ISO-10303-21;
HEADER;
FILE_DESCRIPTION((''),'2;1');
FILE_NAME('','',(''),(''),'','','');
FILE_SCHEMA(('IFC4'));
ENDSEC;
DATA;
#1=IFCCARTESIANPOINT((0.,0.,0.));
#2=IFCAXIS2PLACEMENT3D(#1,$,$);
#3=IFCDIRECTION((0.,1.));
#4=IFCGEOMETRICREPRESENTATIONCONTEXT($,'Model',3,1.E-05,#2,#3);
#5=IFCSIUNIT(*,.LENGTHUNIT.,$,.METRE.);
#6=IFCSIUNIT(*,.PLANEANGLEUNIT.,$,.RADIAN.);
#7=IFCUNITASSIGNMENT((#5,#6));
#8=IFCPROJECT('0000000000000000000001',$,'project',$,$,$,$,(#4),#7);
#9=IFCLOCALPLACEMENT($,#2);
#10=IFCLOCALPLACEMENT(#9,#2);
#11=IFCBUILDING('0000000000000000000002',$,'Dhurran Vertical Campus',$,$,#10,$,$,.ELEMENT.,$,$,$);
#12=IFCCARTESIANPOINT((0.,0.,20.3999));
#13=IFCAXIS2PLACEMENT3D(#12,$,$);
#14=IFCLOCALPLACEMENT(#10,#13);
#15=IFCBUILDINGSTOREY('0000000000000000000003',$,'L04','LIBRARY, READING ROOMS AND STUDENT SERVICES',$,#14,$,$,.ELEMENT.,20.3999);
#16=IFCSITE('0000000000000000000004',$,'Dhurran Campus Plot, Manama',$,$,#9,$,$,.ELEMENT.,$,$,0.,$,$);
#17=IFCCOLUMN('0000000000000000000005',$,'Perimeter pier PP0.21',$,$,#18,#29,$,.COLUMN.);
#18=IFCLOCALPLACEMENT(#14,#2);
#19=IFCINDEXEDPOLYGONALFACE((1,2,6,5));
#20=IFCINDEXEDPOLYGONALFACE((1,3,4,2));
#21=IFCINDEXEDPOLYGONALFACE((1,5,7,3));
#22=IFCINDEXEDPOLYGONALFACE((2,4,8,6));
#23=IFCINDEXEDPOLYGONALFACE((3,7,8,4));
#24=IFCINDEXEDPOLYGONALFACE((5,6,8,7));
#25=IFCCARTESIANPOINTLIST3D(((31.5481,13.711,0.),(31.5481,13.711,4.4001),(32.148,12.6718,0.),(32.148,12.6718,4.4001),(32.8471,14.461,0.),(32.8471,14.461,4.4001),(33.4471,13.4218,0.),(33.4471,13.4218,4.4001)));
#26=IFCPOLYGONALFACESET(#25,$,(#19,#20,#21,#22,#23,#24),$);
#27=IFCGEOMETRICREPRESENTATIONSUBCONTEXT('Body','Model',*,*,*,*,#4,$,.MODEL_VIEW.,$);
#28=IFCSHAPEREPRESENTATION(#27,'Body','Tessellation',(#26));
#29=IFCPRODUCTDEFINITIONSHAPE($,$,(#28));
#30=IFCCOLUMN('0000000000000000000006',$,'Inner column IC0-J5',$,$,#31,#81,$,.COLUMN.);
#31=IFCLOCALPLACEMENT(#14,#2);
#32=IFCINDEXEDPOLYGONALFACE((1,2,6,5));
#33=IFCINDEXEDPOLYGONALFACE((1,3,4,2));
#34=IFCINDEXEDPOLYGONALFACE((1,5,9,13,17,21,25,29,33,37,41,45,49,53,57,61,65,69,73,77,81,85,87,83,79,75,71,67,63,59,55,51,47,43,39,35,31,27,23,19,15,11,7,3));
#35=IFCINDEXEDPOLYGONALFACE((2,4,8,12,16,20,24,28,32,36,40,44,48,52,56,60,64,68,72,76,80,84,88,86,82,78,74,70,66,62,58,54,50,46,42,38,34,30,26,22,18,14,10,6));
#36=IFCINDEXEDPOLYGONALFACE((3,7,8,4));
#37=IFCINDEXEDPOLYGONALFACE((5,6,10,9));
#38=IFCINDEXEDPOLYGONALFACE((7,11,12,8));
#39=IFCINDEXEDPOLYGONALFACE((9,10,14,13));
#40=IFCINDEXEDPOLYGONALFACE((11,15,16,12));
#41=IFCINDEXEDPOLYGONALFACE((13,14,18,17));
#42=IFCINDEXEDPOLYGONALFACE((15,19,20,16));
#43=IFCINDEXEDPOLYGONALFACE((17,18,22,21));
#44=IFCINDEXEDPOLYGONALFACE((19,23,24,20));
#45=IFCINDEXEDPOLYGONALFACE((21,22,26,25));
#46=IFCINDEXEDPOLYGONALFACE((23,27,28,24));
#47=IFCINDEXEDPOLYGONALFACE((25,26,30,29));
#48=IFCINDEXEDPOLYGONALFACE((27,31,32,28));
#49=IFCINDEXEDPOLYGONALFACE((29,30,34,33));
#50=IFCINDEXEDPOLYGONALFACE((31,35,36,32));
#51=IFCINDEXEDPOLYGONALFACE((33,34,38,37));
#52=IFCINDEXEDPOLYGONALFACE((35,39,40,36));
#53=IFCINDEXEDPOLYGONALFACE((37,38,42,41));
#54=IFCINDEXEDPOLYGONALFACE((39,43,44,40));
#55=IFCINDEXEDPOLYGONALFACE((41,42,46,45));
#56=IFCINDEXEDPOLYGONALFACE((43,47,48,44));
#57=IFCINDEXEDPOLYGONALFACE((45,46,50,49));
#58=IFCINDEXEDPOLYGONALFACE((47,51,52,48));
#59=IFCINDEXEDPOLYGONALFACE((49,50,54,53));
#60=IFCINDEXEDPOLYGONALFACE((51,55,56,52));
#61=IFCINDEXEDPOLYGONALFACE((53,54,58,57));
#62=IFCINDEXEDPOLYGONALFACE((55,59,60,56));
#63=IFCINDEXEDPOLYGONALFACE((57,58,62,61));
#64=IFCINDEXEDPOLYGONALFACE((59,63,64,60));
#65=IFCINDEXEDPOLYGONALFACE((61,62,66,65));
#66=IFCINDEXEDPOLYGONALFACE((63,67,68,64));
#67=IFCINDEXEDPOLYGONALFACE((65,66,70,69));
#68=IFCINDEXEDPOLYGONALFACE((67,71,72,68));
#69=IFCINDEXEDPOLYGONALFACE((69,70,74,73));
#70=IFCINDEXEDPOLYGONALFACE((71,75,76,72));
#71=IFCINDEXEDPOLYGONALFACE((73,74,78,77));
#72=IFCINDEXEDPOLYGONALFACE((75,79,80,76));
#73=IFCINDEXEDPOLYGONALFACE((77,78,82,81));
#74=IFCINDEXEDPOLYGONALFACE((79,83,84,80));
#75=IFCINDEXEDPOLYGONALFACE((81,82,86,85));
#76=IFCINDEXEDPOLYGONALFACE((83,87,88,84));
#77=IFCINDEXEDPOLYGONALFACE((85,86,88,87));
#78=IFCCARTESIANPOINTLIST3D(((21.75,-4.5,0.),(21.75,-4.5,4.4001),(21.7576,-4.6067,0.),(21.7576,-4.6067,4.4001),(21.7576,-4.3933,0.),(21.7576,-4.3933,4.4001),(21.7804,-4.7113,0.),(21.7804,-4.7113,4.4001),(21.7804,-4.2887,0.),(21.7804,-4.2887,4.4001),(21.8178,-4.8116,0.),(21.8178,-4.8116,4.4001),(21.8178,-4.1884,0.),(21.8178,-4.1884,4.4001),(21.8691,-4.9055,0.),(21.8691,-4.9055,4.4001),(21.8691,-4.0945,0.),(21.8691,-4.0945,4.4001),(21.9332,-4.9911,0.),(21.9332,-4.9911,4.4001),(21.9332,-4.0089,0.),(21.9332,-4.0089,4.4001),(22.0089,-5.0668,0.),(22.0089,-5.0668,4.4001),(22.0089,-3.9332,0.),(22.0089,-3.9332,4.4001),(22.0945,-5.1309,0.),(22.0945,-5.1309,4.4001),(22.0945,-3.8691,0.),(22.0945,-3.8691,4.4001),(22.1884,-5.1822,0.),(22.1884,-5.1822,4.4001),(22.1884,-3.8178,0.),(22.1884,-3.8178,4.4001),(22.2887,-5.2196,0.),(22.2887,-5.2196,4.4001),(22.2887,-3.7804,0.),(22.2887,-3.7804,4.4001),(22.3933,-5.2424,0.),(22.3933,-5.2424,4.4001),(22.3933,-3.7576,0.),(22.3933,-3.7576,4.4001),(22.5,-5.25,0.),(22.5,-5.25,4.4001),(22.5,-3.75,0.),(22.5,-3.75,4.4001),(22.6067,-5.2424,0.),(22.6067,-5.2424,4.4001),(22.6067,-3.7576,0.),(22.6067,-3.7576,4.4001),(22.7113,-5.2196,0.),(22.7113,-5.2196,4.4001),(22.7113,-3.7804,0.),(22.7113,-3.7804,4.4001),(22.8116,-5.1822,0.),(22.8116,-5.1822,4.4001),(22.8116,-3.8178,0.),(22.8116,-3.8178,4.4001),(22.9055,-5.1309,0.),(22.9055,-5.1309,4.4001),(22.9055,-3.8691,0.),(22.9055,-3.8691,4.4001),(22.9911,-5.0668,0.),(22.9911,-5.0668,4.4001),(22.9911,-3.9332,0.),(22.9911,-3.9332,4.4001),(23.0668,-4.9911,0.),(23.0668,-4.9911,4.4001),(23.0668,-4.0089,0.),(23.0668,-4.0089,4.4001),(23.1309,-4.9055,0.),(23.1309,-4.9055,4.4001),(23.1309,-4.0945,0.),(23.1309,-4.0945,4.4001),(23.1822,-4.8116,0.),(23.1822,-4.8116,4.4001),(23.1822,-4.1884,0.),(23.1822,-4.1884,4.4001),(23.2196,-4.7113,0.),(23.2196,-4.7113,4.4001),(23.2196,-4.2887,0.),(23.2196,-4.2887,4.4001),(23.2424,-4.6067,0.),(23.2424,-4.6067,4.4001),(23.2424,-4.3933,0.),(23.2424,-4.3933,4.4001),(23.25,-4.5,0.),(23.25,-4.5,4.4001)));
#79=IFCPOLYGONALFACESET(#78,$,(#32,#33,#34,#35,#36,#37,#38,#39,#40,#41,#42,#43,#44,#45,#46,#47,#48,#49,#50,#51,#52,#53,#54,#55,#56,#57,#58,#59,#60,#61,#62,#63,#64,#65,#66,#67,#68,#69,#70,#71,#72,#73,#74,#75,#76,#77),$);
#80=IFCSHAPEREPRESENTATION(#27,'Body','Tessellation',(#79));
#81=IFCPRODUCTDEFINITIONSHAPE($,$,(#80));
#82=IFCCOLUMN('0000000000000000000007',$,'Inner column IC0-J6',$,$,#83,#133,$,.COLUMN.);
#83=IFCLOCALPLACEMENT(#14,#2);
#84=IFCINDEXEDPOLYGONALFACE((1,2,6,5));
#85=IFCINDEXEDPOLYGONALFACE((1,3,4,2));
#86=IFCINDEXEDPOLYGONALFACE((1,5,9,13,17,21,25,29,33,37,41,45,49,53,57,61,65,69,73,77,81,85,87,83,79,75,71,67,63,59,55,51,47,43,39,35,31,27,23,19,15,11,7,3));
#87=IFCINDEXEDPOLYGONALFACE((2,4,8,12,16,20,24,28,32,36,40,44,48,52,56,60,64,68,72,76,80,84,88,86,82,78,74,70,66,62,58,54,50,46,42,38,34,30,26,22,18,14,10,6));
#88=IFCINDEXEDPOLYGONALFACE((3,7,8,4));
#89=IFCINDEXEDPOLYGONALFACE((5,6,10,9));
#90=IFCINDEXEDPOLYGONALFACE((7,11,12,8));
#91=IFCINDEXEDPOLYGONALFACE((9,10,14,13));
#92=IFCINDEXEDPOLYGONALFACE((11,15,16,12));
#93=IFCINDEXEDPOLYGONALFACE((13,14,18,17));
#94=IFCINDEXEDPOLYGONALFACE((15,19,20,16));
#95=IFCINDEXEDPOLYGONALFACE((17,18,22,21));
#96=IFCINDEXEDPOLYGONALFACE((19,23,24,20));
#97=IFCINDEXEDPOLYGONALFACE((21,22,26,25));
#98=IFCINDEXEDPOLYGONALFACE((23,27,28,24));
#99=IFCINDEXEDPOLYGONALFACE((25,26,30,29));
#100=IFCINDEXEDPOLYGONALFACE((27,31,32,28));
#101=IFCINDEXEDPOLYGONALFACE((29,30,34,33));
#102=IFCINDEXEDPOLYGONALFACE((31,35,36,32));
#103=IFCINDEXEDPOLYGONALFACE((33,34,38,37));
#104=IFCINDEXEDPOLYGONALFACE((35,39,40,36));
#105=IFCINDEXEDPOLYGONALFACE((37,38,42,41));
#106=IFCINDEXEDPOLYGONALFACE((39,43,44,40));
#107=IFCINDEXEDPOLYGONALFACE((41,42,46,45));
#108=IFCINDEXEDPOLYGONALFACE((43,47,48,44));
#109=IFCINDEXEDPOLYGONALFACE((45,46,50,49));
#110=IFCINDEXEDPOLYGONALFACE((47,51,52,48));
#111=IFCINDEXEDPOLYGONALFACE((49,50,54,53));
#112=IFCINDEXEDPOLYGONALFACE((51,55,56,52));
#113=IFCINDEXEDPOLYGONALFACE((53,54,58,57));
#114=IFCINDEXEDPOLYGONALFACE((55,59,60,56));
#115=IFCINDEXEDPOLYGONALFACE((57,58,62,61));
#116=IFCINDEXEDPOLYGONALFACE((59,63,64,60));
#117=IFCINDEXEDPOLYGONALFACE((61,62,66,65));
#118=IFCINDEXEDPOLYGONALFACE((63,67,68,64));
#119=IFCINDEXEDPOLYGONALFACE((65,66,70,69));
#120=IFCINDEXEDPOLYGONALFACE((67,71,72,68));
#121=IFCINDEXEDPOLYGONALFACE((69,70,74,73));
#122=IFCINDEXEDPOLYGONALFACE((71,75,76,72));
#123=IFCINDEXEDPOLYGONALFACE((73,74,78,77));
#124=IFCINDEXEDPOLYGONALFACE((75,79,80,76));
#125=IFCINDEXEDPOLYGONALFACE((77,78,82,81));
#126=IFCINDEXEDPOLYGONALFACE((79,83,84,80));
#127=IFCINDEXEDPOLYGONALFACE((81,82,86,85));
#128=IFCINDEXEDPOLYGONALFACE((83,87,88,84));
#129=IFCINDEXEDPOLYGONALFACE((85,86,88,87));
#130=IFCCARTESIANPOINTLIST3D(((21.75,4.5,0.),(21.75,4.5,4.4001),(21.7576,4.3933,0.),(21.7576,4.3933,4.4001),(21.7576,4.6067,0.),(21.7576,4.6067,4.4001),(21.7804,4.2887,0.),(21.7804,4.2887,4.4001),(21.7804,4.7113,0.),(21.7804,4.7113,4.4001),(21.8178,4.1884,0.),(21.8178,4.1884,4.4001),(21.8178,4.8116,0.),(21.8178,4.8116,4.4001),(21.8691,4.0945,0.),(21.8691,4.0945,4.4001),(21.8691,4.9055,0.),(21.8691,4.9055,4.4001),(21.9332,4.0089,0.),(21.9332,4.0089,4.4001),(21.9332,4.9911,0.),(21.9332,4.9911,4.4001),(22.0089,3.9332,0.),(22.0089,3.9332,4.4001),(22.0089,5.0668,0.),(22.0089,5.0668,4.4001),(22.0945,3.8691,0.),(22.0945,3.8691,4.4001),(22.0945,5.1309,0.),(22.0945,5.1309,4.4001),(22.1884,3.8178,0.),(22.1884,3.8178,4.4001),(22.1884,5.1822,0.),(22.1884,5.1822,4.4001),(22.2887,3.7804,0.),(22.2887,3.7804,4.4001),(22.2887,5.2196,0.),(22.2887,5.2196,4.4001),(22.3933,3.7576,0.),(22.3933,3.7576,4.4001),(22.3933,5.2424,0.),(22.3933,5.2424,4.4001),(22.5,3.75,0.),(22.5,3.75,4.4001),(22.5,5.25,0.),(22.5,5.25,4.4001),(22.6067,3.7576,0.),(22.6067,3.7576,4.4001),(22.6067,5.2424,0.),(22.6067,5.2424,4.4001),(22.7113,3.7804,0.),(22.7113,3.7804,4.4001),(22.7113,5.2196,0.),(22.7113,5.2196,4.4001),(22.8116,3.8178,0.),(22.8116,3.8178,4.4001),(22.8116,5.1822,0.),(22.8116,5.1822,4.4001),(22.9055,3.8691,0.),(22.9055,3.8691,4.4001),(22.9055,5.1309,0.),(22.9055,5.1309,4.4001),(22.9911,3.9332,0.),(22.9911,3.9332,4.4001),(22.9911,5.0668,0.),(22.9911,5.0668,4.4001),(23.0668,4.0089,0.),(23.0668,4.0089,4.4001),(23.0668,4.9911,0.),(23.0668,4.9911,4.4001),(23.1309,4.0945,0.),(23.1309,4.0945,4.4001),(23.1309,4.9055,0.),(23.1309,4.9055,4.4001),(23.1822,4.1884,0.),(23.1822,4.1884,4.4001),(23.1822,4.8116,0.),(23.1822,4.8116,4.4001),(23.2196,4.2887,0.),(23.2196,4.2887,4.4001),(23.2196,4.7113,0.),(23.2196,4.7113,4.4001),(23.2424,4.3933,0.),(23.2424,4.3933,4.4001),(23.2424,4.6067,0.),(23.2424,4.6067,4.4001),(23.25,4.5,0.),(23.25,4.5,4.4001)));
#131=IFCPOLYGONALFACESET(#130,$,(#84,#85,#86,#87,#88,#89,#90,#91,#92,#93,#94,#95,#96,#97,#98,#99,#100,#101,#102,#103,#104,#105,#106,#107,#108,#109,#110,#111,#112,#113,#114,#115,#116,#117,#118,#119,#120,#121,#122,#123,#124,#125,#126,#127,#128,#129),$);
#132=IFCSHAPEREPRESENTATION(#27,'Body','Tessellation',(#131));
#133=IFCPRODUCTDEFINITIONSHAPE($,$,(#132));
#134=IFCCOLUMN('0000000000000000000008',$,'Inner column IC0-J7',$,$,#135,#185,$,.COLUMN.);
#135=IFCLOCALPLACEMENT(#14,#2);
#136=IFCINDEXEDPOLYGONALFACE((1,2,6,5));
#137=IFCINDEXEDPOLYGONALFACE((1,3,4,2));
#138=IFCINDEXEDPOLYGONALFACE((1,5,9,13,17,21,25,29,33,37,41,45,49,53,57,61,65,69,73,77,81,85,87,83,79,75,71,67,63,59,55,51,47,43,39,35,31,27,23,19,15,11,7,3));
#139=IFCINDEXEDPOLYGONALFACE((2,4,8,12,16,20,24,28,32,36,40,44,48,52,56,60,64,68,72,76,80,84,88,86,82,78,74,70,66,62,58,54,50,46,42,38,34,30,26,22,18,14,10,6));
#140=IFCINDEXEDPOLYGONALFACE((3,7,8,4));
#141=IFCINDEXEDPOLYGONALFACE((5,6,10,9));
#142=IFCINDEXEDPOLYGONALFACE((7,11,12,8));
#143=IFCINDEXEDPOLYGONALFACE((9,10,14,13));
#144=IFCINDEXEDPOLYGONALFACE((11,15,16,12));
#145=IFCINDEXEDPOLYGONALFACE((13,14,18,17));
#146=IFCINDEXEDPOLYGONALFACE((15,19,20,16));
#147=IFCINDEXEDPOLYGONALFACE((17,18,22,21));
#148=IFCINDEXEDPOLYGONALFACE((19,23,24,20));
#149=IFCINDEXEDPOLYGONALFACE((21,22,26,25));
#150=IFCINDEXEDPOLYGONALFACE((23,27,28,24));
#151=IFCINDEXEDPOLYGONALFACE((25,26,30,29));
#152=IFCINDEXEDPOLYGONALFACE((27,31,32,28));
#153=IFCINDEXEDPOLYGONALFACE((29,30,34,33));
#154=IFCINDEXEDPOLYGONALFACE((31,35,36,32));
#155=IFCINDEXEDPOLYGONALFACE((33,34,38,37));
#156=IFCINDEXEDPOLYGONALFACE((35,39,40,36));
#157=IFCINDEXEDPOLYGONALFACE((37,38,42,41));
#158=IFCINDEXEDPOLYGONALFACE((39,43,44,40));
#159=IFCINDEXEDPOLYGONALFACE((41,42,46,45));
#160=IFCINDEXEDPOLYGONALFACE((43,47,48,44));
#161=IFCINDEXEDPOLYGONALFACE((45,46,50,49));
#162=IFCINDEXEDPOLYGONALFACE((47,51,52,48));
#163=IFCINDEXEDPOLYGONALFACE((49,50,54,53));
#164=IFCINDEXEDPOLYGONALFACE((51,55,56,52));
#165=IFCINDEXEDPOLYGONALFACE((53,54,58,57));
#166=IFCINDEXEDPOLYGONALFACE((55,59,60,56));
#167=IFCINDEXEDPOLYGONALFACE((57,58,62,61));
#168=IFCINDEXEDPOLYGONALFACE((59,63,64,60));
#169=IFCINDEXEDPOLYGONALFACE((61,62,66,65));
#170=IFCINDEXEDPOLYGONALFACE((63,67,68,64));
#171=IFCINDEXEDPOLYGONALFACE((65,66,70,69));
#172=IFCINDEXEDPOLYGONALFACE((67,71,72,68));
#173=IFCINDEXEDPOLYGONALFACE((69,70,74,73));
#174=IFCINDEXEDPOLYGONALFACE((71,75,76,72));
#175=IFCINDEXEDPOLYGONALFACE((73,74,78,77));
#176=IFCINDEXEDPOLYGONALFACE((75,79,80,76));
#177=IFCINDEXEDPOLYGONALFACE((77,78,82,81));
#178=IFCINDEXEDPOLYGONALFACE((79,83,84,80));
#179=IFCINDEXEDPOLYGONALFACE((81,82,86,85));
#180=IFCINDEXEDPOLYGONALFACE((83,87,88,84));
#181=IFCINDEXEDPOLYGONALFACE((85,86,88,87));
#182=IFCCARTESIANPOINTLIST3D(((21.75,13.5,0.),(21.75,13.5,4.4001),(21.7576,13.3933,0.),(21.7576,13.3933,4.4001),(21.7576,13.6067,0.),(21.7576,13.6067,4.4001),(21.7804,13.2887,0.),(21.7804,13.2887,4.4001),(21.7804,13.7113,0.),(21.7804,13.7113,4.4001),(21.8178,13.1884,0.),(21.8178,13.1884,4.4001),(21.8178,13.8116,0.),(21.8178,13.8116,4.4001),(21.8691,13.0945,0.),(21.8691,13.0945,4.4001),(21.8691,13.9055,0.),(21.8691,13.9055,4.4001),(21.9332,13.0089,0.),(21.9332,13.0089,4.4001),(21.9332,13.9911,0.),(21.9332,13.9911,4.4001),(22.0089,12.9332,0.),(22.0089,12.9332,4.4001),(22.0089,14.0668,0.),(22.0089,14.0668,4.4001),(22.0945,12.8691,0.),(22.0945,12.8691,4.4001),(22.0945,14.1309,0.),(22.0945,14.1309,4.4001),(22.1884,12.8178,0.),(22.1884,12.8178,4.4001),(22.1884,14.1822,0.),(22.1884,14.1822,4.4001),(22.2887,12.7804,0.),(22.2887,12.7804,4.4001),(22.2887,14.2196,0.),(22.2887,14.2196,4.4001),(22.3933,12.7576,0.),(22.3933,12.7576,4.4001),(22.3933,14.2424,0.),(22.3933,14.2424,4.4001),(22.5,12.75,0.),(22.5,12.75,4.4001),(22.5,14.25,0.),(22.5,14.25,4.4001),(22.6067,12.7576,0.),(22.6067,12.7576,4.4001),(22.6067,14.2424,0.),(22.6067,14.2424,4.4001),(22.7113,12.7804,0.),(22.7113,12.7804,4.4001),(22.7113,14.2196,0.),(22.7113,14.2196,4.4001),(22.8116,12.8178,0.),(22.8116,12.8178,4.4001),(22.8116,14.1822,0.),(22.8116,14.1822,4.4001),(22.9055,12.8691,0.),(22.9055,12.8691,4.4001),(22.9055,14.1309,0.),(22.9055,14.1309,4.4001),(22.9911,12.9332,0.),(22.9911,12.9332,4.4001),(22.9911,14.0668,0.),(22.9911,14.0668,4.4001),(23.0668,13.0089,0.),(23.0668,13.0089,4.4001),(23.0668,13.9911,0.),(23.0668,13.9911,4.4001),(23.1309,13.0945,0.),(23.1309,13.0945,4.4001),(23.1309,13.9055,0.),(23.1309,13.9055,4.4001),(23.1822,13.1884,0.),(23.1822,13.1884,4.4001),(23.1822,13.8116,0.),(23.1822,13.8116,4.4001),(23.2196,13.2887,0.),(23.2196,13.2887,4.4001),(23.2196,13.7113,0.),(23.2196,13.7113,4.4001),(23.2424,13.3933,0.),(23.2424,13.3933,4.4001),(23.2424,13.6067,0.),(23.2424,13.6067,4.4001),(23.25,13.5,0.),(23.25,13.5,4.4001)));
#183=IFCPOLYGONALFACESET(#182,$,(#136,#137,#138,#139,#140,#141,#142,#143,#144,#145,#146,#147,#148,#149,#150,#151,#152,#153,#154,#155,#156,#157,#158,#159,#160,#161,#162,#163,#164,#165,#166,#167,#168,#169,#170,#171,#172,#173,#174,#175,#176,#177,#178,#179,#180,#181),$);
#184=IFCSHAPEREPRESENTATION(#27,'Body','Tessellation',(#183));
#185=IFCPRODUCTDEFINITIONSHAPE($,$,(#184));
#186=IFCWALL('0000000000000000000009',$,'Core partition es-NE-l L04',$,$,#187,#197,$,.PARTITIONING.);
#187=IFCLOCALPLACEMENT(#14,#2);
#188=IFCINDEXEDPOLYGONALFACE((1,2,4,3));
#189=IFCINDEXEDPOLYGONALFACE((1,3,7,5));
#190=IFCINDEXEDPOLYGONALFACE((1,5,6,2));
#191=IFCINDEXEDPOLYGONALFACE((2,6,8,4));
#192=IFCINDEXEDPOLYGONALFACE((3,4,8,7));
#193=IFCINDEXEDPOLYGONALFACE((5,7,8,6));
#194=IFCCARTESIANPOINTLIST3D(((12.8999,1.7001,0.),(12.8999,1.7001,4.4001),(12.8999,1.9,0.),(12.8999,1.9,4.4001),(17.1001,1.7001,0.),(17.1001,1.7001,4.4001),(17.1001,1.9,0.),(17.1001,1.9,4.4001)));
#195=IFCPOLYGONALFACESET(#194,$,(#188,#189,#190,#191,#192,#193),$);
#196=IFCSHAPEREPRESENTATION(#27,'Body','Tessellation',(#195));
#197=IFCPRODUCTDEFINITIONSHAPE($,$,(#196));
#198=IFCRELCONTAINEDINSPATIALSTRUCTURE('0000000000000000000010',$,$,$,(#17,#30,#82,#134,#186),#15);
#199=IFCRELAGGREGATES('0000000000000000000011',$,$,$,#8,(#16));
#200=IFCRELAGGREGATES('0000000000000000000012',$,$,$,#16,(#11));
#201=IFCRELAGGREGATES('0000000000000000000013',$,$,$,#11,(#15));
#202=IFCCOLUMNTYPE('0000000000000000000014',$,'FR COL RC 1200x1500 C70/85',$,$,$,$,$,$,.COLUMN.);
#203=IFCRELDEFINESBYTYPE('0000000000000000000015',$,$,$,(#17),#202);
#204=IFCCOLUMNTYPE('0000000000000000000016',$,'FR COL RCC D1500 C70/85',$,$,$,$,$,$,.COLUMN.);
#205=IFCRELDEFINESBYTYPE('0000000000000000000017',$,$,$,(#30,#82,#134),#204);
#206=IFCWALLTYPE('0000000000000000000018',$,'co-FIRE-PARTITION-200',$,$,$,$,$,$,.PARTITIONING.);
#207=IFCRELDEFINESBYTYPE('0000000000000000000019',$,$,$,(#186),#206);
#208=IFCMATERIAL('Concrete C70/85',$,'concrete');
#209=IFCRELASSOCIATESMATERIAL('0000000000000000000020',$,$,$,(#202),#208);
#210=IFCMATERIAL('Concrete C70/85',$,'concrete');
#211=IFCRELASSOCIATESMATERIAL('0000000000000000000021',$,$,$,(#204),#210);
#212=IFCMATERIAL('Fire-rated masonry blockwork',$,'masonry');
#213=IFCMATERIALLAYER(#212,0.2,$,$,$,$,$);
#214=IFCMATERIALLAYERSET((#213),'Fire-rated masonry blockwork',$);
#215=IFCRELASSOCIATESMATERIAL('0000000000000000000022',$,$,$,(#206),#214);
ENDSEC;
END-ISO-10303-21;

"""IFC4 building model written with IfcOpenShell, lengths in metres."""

from ifc_helpers import new_model, si_unit, direction, frame, frame_2d, origin, origin_2d, place, context, subcontext, project, spatial, rectangle, circle, extrude, material, layer, layer_set, material_profile, profile_set, type_object, element, save


model = new_model("IFC4")

# Units and contexts
model_context = context("Model", 3, precision=1e-05, world=origin(), true_north=direction((0.0, 1.0)))
body_context = subcontext(model_context, "Body", "Model", "MODEL_VIEW")
ifc_project = project(units=[si_unit("LENGTHUNIT", "METRE"), si_unit("PLANEANGLEUNIT", "RADIAN")], contexts=[model_context])

# Site, building, storey
site_placement = place(None, origin())
site = spatial("IfcSite", under=ifc_project, at=site_placement, Name="Dhurran Campus Plot, Manama", CompositionType="ELEMENT", RefElevation=0.0)
building_placement = place(site_placement, origin())
building = spatial("IfcBuilding", under=site, at=building_placement, Name="Dhurran Vertical Campus", CompositionType="ELEMENT")
storey_placement = place(building_placement, frame((0.0, 0.0, 20.3999)))
storey = spatial("IfcBuildingStorey", under=building, at=storey_placement, Name="L04", Description="LIBRARY, READING ROOMS AND STUDENT SERVICES", CompositionType="ELEMENT", Elevation=20.3999)

# Columns
ifc_material_1 = material(Name="Concrete C70/85", Category="concrete")
ifc_material_profile_1 = material_profile(ifc_material_1, rectangle(XDim=1.2, YDim=1.5, at=origin_2d()), Name="RC 1200x1500")
ifc_profile_set_1 = profile_set([ifc_material_profile_1], Name="Concrete C70/85")
column_type_1 = type_object("IfcColumnType", Name="FR COL RC 1200x1500 C70/85", PredefinedType="COLUMN", material=ifc_profile_set_1)
column_placement = place(storey_placement, frame((32.4976, 13.5664, 0.0), z_axis=(0.0, 0.0, 1.0), x_axis=(-0.5, 0.866025, 0.0)))
element("IfcColumn", 1, at=column_placement, inside=storey, type_object=column_type_1, Name="Perimeter pier PP0.21", PredefinedType="COLUMN", context=body_context, shape_type="SweptSolid", body=[
    extrude(rectangle(XDim=1.2, YDim=1.5, at=origin_2d()), origin(), (0.0, 0.0, 1.0), 4.4001),
])
ifc_material_2 = material(Name="Concrete C70/85", Category="concrete")
ifc_material_profile_2 = material_profile(ifc_material_2, circle(Radius=0.75, at=origin_2d()), Name="RCC D1500")
ifc_profile_set_2 = profile_set([ifc_material_profile_2], Name="Concrete C70/85")
column_type_2 = type_object("IfcColumnType", Name="FR COL RCC D1500 C70/85", PredefinedType="COLUMN", material=ifc_profile_set_2)
for number, where, z_axis, x_axis, name in (
    (2, (22.5, -4.5, 0.0), (0.0, 0.0, 1.0), (1.0, 0.0, 0.0), "Inner column IC0-J5"),
    (3, (22.5, 4.5, 0.0), (0.0, 0.0, 1.0), (1.0, 0.0, 0.0), "Inner column IC0-J6"),
    (4, (22.5, 13.5, 0.0), (0.0, 0.0, 1.0), (1.0, 0.0, 0.0), "Inner column IC0-J7"),
):
    element("IfcColumn", number, at=place(storey_placement, frame(where, z_axis=z_axis, x_axis=x_axis)), inside=storey, type_object=column_type_2, Name=name, PredefinedType="COLUMN", context=body_context, shape_type="SweptSolid", body=[
        extrude(circle(Radius=0.75, at=origin_2d()), origin(), (0.0, 0.0, 1.0), 4.4001),
    ])

# Wall
ifc_material_3 = material(Name="Fire-rated masonry blockwork", Category="masonry")
ifc_layer_1 = layer(ifc_material_3, 0.2)
ifc_layer_set_1 = layer_set([ifc_layer_1], Name="Fire-rated masonry blockwork")
wall_type_1 = type_object("IfcWallType", Name="co-FIRE-PARTITION-200", PredefinedType="PARTITIONING", material=ifc_layer_set_1)
wall_1_placement = place(storey_placement, frame((12.8999, 1.8, 0.0), z_axis=(0.0, 0.0, 1.0), x_axis=(1.0, 0.0, 0.0)))
element("IfcWall", 5, at=wall_1_placement, inside=storey, type_object=wall_type_1, Name="Core partition es-NE-l L04", PredefinedType="PARTITIONING", context=body_context, shape_type="SweptSolid", body=[
    extrude(rectangle(XDim=4.2002, YDim=0.2, at=frame_2d((2.1001, 0.0))), origin(), (0.0, 0.0, 1.0), 4.4001),
])

save(model, "model.ifc")
